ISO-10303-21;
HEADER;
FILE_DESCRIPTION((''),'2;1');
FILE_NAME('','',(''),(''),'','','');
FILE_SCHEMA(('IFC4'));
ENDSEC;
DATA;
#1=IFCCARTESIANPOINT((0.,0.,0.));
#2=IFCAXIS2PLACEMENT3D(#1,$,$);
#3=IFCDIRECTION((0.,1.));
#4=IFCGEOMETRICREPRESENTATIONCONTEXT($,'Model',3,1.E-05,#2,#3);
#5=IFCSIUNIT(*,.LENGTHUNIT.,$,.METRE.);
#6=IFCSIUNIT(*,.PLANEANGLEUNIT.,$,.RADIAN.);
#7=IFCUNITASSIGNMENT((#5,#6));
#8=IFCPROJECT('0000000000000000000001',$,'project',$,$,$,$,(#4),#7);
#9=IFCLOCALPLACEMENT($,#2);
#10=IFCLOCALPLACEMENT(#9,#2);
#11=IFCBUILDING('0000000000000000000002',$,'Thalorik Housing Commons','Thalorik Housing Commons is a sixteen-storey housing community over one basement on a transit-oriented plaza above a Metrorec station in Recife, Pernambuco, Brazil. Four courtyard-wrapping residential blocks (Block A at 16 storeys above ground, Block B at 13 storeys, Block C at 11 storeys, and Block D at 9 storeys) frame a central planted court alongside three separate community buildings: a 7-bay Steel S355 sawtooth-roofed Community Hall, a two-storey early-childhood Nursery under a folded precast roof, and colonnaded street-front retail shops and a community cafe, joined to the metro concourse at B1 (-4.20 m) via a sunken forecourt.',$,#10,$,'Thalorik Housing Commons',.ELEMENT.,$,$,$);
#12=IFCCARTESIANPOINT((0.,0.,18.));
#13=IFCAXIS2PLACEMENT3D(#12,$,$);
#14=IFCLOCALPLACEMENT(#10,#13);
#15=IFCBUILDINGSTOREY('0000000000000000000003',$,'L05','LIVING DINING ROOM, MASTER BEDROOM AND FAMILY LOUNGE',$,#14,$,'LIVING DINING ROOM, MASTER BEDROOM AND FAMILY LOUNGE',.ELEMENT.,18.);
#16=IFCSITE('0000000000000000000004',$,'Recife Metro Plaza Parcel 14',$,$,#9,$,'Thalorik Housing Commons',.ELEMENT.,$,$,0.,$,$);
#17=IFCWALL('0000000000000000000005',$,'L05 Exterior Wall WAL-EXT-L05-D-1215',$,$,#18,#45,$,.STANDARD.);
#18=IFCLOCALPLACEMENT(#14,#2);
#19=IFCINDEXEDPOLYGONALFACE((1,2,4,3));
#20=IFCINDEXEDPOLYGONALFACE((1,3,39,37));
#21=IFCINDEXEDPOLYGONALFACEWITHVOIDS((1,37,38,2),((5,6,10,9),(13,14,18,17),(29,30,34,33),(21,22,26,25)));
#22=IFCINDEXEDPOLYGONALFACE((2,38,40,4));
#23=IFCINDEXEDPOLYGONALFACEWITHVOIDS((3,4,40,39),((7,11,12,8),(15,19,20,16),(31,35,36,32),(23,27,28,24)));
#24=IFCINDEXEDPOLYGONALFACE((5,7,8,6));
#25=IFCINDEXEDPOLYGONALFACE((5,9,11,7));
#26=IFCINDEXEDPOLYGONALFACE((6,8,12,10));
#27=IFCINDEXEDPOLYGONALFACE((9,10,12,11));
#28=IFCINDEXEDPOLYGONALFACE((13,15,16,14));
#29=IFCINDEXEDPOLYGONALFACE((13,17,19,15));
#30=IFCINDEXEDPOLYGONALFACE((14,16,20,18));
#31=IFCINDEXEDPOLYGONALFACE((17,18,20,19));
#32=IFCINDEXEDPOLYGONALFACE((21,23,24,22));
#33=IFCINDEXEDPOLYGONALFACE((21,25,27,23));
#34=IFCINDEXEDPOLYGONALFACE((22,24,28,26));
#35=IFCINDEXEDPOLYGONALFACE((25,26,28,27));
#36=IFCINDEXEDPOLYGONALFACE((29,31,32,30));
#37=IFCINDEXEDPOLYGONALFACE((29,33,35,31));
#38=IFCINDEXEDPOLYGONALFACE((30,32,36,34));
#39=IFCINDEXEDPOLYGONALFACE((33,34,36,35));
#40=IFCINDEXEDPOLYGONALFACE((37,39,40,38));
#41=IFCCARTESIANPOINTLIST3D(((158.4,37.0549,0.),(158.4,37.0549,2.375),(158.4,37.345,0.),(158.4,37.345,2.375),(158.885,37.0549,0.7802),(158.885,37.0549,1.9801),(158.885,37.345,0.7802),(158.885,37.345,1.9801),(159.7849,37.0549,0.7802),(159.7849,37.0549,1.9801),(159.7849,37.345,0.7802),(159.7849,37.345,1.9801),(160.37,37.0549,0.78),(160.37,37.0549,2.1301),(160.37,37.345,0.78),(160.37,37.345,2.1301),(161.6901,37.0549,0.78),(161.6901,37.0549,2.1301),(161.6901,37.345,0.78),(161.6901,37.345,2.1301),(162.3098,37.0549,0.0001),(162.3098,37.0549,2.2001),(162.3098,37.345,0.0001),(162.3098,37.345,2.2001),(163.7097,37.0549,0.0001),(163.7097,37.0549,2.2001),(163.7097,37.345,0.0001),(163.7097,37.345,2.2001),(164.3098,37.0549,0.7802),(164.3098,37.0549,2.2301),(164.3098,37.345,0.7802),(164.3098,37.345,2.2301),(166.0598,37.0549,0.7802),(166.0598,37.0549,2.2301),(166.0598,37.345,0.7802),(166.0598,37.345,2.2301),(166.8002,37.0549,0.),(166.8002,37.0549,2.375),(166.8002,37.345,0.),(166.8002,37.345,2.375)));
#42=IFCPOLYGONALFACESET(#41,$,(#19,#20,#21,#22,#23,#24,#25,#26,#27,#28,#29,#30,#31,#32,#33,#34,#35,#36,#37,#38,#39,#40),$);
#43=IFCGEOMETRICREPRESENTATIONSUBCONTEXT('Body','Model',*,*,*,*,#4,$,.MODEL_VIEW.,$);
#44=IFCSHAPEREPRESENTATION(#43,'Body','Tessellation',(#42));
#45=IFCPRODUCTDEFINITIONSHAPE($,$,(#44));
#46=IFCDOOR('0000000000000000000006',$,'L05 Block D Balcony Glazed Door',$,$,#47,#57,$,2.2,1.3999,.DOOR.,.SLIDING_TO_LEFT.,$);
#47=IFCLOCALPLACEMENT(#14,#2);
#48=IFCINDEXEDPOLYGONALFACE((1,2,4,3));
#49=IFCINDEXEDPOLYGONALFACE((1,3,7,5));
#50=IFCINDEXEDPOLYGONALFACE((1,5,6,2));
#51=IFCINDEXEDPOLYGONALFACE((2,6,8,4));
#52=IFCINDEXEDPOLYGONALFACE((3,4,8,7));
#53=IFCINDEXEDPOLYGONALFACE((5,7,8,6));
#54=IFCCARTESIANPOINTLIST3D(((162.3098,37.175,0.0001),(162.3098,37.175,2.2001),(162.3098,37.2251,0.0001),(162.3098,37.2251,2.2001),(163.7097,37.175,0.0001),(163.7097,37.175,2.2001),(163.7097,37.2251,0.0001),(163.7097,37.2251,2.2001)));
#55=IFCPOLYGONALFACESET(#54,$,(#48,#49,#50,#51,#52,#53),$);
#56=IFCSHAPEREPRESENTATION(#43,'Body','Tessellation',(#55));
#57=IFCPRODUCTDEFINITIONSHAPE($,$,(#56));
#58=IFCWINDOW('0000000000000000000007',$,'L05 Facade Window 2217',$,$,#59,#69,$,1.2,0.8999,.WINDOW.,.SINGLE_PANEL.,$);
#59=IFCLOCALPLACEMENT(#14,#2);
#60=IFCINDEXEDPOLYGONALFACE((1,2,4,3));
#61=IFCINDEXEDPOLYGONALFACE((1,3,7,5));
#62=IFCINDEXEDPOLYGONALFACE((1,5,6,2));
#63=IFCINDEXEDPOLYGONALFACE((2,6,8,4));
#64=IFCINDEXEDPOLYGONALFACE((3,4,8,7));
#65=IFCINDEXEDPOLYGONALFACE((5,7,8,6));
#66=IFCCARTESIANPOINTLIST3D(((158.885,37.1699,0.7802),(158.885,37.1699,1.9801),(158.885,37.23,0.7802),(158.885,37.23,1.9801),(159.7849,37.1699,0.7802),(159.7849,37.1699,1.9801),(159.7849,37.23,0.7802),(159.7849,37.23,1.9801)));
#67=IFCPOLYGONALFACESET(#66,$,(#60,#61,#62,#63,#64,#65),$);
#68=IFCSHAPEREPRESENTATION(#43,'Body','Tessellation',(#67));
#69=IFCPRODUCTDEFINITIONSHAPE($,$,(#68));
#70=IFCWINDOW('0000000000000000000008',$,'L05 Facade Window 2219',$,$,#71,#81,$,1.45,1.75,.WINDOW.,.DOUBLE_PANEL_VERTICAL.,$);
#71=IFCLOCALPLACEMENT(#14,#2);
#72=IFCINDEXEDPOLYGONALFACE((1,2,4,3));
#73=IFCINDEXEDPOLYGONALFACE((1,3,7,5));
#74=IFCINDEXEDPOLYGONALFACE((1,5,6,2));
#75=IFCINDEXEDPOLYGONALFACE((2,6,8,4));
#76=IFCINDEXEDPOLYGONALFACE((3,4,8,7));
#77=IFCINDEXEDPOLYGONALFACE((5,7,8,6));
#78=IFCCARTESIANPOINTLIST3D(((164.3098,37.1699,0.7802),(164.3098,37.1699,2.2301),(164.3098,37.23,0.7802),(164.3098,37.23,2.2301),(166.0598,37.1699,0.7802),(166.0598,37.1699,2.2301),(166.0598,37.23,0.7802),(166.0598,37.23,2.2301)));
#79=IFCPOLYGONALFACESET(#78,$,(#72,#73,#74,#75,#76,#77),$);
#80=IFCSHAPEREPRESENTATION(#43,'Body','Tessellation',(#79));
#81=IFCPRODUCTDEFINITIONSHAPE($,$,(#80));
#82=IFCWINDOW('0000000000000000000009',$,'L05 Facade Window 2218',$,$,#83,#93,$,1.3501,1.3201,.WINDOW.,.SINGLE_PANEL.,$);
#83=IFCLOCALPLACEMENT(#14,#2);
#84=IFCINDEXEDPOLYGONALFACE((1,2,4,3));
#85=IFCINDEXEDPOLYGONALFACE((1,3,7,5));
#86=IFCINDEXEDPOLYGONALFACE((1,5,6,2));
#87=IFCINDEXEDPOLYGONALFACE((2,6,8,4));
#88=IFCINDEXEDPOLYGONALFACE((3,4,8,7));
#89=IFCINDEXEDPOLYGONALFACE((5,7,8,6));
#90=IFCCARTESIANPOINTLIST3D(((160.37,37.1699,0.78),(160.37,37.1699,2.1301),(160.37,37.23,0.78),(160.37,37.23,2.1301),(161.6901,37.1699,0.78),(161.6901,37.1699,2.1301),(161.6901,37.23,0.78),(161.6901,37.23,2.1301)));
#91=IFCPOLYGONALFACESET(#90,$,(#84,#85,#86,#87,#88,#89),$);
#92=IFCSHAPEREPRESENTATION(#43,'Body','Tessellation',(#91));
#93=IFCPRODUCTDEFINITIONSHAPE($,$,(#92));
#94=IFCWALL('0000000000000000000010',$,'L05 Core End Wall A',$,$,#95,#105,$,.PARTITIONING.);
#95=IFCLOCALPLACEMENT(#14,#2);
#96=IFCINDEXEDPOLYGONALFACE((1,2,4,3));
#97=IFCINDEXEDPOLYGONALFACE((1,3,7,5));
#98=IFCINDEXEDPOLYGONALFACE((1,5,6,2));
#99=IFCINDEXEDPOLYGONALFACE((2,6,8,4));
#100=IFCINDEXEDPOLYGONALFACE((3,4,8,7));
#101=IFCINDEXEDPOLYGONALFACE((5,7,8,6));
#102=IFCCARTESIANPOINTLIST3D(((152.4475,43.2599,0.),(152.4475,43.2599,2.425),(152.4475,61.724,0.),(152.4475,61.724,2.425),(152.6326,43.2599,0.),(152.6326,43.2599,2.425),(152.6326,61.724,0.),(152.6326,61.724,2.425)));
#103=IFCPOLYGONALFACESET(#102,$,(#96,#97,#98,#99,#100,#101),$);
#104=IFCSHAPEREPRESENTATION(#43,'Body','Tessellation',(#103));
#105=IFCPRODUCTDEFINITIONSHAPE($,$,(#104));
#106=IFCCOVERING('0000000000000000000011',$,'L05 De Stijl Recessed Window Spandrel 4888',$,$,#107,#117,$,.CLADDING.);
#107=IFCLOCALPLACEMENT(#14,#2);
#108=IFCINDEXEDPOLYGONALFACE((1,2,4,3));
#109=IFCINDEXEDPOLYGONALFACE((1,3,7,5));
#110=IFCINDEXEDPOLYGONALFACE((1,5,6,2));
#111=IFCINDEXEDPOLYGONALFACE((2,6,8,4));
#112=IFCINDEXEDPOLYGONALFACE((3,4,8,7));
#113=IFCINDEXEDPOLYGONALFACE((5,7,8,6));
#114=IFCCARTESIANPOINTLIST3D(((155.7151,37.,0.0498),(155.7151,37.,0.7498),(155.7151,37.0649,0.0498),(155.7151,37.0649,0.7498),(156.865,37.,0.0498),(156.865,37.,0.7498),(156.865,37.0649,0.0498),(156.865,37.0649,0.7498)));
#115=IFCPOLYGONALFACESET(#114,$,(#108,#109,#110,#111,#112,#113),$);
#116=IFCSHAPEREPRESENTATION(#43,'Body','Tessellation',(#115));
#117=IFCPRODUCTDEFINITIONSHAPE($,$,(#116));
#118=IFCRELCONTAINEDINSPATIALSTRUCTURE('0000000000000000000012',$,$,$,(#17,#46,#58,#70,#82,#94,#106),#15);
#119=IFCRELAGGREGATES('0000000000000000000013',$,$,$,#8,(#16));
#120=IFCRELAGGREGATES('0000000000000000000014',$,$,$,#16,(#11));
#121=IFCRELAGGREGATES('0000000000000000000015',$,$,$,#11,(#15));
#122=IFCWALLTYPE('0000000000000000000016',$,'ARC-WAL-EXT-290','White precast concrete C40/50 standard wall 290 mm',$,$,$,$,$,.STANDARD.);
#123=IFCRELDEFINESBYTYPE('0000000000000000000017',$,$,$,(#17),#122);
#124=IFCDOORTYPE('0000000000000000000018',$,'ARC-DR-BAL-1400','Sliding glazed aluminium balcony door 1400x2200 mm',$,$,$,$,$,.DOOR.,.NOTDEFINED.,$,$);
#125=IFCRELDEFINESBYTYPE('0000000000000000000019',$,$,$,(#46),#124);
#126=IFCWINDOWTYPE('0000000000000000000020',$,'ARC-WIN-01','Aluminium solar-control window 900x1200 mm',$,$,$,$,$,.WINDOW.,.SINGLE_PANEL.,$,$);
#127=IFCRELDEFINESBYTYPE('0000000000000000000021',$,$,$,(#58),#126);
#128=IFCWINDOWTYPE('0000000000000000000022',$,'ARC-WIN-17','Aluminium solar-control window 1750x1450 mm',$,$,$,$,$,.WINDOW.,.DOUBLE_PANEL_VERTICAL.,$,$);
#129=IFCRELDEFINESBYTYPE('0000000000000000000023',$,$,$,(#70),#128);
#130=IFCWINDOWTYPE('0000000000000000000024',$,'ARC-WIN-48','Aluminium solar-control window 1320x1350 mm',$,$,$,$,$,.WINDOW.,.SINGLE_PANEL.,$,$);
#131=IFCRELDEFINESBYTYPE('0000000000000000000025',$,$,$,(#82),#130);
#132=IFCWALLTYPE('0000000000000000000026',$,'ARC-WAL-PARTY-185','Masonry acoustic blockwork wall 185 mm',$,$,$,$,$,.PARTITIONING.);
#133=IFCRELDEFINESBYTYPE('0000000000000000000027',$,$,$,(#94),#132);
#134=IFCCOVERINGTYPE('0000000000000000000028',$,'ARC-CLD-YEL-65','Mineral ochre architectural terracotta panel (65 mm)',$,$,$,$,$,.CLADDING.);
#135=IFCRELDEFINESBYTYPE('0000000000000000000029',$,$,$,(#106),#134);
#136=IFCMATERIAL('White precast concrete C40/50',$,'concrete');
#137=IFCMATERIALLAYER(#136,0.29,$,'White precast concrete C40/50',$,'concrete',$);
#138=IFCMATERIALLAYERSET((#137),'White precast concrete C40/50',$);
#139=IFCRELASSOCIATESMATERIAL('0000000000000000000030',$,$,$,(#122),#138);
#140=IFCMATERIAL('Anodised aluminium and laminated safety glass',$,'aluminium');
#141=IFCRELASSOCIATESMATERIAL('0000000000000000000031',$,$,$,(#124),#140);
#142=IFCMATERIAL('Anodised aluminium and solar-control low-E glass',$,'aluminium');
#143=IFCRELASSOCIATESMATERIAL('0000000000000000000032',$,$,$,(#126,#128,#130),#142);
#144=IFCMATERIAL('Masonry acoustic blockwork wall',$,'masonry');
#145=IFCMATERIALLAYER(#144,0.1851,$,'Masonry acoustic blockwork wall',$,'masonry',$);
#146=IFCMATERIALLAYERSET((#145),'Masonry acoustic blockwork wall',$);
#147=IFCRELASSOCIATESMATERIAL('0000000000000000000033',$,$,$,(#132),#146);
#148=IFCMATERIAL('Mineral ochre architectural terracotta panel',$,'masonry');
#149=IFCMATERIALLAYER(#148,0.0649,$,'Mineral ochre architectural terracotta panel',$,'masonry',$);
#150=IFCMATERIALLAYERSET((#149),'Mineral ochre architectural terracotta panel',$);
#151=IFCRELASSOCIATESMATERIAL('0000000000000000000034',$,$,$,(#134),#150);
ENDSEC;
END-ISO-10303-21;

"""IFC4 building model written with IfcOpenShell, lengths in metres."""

from ifc_helpers import new_model, si_unit, direction, frame, frame_2d, origin, origin_2d, place, context, subcontext, project, spatial, rectangle, extrude, material, layer, layer_set, type_object, element, fill, save


model = new_model("IFC4")

# Units and contexts
model_context = context("Model", 3, precision=1e-05, world=origin(), true_north=direction((0.0, 1.0)))
body_context = subcontext(model_context, "Body", "Model", "MODEL_VIEW")
ifc_project = project(units=[si_unit("LENGTHUNIT", "METRE"), si_unit("PLANEANGLEUNIT", "RADIAN")], contexts=[model_context])

# Site, building, storey
site_placement = place(None, origin())
site = spatial("IfcSite", under=ifc_project, at=site_placement, Name="Recife Metro Plaza Parcel 14", LongName="Thalorik Housing Commons", CompositionType="ELEMENT", RefElevation=0.0)
building_placement = place(site_placement, origin())
building = spatial("IfcBuilding", under=site, at=building_placement, Name="Thalorik Housing Commons", Description="Thalorik Housing Commons is a sixteen-storey housing community over one basement on a transit-oriented plaza above a Metrorec station in Recife, Pernambuco, Brazil. Four courtyard-wrapping residential blocks (Block A at 16 storeys above ground, Block B at 13 storeys, Block C at 11 storeys, and Block D at 9 storeys) frame a central planted court alongside three separate community buildings: a 7-bay Steel S355 sawtooth-roofed Community Hall, a two-storey early-childhood Nursery under a folded precast roof, and colonnaded street-front retail shops and a community cafe, joined to the metro concourse at B1 (-4.20 m) via a sunken forecourt.", LongName="Thalorik Housing Commons", CompositionType="ELEMENT")
storey_placement = place(building_placement, frame((0.0, 0.0, 18.0)))
storey = spatial("IfcBuildingStorey", under=building, at=storey_placement, Name="L05", Description="LIVING DINING ROOM, MASTER BEDROOM AND FAMILY LOUNGE", LongName="LIVING DINING ROOM, MASTER BEDROOM AND FAMILY LOUNGE", CompositionType="ELEMENT", Elevation=18.0)

# Wall, openings, door, windows
ifc_material_1 = material(Name="White precast concrete C40/50", Category="concrete")
ifc_layer_1 = layer(ifc_material_1, 0.29, Name="White precast concrete C40/50", Category="concrete")
ifc_layer_set_1 = layer_set([ifc_layer_1], Name="White precast concrete C40/50")
wall_type_1 = type_object("IfcWallType", Name="ARC-WAL-EXT-290", Description="White precast concrete C40/50 standard wall 290 mm", PredefinedType="STANDARD", material=ifc_layer_set_1)
wall_1_placement = place(storey_placement, frame((158.3999, 37.2, 0.0), z_axis=(0.0, 0.0, 1.0), x_axis=(1.0, 0.0, 0.0)))
wall_1 = element("IfcWall", 1, at=wall_1_placement, inside=storey, type_object=wall_type_1, Name="L05 Exterior Wall WAL-EXT-L05-D-1215", PredefinedType="STANDARD", context=body_context, shape_type="SweptSolid", body=[
    extrude(rectangle(XDim=8.4001, YDim=0.29, at=frame_2d((4.2002, 0.0))), origin(), (0.0, 0.0, 1.0), 2.375),
])
opening_1_placement = place(wall_1_placement, frame((3.9099, 0.0, 0.0)))
opening_1 = element("IfcOpeningElement", 2, at=opening_1_placement, cuts=wall_1, PredefinedType="OPENING", context=body_context, shape_type="SweptSolid", body=[
    extrude(rectangle(XDim=1.3999, YDim=2.2, at=frame_2d((0.7, 1.1001))), frame((0.0, 0.155, 0.0), z_axis=(0.0, -1.0, 0.0), x_axis=(1.0, 0.0, 0.0)), (0.0, 0.0, 1.0), 0.3101),
])
opening_2_placement = place(wall_1_placement, frame((0.4851, 0.0, 0.78)))
opening_2 = element("IfcOpeningElement", 3, at=opening_2_placement, cuts=wall_1, PredefinedType="OPENING", context=body_context, shape_type="SweptSolid", body=[
    extrude(rectangle(XDim=0.8999, YDim=1.2, at=frame_2d((0.45, 0.6001))), frame((0.0, 0.155, 0.0), z_axis=(0.0, -1.0, 0.0), x_axis=(1.0, 0.0, 0.0)), (0.0, 0.0, 1.0), 0.3101),
])
opening_3_placement = place(wall_1_placement, frame((1.97, 0.0, 0.78)))
opening_3 = element("IfcOpeningElement", 4, at=opening_3_placement, cuts=wall_1, PredefinedType="OPENING", context=body_context, shape_type="SweptSolid", body=[
    extrude(rectangle(XDim=1.3201, YDim=1.3501, at=frame_2d((0.6602, 0.675))), frame((0.0, 0.155, 0.0), z_axis=(0.0, -1.0, 0.0), x_axis=(1.0, 0.0, 0.0)), (0.0, 0.0, 1.0), 0.3101),
])
opening_4_placement = place(wall_1_placement, frame((5.9099, 0.0, 0.78)))
opening_4 = element("IfcOpeningElement", 5, at=opening_4_placement, cuts=wall_1, PredefinedType="OPENING", context=body_context, shape_type="SweptSolid", body=[
    extrude(rectangle(XDim=1.75, YDim=1.45, at=frame_2d((0.875, 0.7251))), frame((0.0, 0.155, 0.0), z_axis=(0.0, -1.0, 0.0), x_axis=(1.0, 0.0, 0.0)), (0.0, 0.0, 1.0), 0.3101),
])
ifc_material_2 = material(Name="Anodised aluminium and laminated safety glass", Category="aluminium")
door_type = type_object("IfcDoorType", Name="ARC-DR-BAL-1400", Description="Sliding glazed aluminium balcony door 1400x2200 mm", OperationType="NOTDEFINED", PredefinedType="DOOR", material=ifc_material_2)
door_placement = place(opening_1_placement, frame((1.3999, 0.0, 0.0), z_axis=(0.0, 0.0, 1.0), x_axis=(-1.0, 0.0, 0.0)))
door = element("IfcDoor", 6, at=door_placement, inside=storey, type_object=door_type, Name="L05 Block D Balcony Glazed Door", OperationType="SLIDING_TO_LEFT", OverallHeight=2.2, OverallWidth=1.3999, PredefinedType="DOOR", context=body_context, shape_type="SweptSolid", body=[
    extrude(rectangle(XDim=1.3999, YDim=2.2, at=frame_2d((0.7, 1.1001))), frame((0.0, 0.0249, 0.0), z_axis=(0.0, -1.0, 0.0), x_axis=(1.0, 0.0, 0.0)), (0.0, 0.0, 1.0), 0.05),
])
fill(opening_1, door)
ifc_material_3 = material(Name="Anodised aluminium and solar-control low-E glass", Category="aluminium")
window_type_1 = type_object("IfcWindowType", Name="ARC-WIN-01", Description="Aluminium solar-control window 900x1200 mm", PartitioningType="SINGLE_PANEL", PredefinedType="WINDOW", material=ifc_material_3)
window_1_placement = place(opening_2_placement, origin())
window_1 = element("IfcWindow", 7, at=window_1_placement, inside=storey, type_object=window_type_1, Name="L05 Facade Window 2217", OverallHeight=1.2, OverallWidth=0.8999, PartitioningType="SINGLE_PANEL", PredefinedType="WINDOW", context=body_context, shape_type="SweptSolid", body=[
    extrude(rectangle(XDim=0.8999, YDim=1.2, at=frame_2d((0.45, 0.6001))), frame((0.0, 0.03, 0.0), z_axis=(0.0, -1.0, 0.0), x_axis=(1.0, 0.0, 0.0)), (0.0, 0.0, 1.0), 0.0601),
])
fill(opening_2, window_1)
window_type_2 = type_object("IfcWindowType", Name="ARC-WIN-17", Description="Aluminium solar-control window 1750x1450 mm", PartitioningType="DOUBLE_PANEL_VERTICAL", PredefinedType="WINDOW", material=ifc_material_3)
window_2_placement = place(opening_4_placement, origin())
window_2 = element("IfcWindow", 8, at=window_2_placement, inside=storey, type_object=window_type_2, Name="L05 Facade Window 2219", OverallHeight=1.45, OverallWidth=1.75, PartitioningType="DOUBLE_PANEL_VERTICAL", PredefinedType="WINDOW", context=body_context, shape_type="SweptSolid", body=[
    extrude(rectangle(XDim=1.75, YDim=1.45, at=frame_2d((0.875, 0.7251))), frame((0.0, 0.03, 0.0), z_axis=(0.0, -1.0, 0.0), x_axis=(1.0, 0.0, 0.0)), (0.0, 0.0, 1.0), 0.0601),
])
fill(opening_4, window_2)
window_type_3 = type_object("IfcWindowType", Name="ARC-WIN-48", Description="Aluminium solar-control window 1320x1350 mm", PartitioningType="SINGLE_PANEL", PredefinedType="WINDOW", material=ifc_material_3)
window_3_placement = place(opening_3_placement, origin())
window_3 = element("IfcWindow", 9, at=window_3_placement, inside=storey, type_object=window_type_3, Name="L05 Facade Window 2218", OverallHeight=1.3501, OverallWidth=1.3201, PartitioningType="SINGLE_PANEL", PredefinedType="WINDOW", context=body_context, shape_type="SweptSolid", body=[
    extrude(rectangle(XDim=1.3201, YDim=1.3501, at=frame_2d((0.6602, 0.675))), frame((0.0, 0.03, 0.0), z_axis=(0.0, -1.0, 0.0), x_axis=(1.0, 0.0, 0.0)), (0.0, 0.0, 1.0), 0.0601),
])
fill(opening_3, window_3)

# Wall
ifc_material_4 = material(Name="Masonry acoustic blockwork wall", Category="masonry")
ifc_layer_2 = layer(ifc_material_4, 0.1851, Name="Masonry acoustic blockwork wall", Category="masonry")
ifc_layer_set_2 = layer_set([ifc_layer_2], Name="Masonry acoustic blockwork wall")
wall_type_2 = type_object("IfcWallType", Name="ARC-WAL-PARTY-185", Description="Masonry acoustic blockwork wall 185 mm", PredefinedType="PARTITIONING", material=ifc_layer_set_2)
wall_2_placement = place(storey_placement, frame((152.54, 43.26, 0.0), z_axis=(0.0, 0.0, 1.0), x_axis=(0.0, 1.0, 0.0)))
element("IfcWall", 10, at=wall_2_placement, inside=storey, type_object=wall_type_2, Name="L05 Core End Wall A", PredefinedType="PARTITIONING", context=body_context, shape_type="SweptSolid", body=[
    extrude(rectangle(XDim=18.4641, YDim=0.1851, at=frame_2d((9.2319, 0.0))), origin(), (0.0, 0.0, 1.0), 2.425),
])

# Covering
ifc_material_5 = material(Name="Mineral ochre architectural terracotta panel", Category="masonry")
ifc_layer_3 = layer(ifc_material_5, 0.0649, Name="Mineral ochre architectural terracotta panel", Category="masonry")
ifc_layer_set_3 = layer_set([ifc_layer_3], Name="Mineral ochre architectural terracotta panel")
covering_type_1 = type_object("IfcCoveringType", Name="ARC-CLD-YEL-65", Description="Mineral ochre architectural terracotta panel (65 mm)", PredefinedType="CLADDING", material=ifc_layer_set_3)
covering_1_placement = place(storey_placement, frame((156.29, 37.0325, 0.0498), z_axis=(0.0, 0.0, 1.0), x_axis=(1.0, 0.0, 0.0)))
element("IfcCovering", 11, at=covering_1_placement, inside=storey, type_object=covering_type_1, Name="L05 De Stijl Recessed Window Spandrel 4888", PredefinedType="CLADDING", context=body_context, shape_type="SweptSolid", body=[
    extrude(rectangle(XDim=1.1499, YDim=0.0649, at=origin_2d()), origin(), (0.0, 0.0, 1.0), 0.7),
])

save(model, "model.ifc")
